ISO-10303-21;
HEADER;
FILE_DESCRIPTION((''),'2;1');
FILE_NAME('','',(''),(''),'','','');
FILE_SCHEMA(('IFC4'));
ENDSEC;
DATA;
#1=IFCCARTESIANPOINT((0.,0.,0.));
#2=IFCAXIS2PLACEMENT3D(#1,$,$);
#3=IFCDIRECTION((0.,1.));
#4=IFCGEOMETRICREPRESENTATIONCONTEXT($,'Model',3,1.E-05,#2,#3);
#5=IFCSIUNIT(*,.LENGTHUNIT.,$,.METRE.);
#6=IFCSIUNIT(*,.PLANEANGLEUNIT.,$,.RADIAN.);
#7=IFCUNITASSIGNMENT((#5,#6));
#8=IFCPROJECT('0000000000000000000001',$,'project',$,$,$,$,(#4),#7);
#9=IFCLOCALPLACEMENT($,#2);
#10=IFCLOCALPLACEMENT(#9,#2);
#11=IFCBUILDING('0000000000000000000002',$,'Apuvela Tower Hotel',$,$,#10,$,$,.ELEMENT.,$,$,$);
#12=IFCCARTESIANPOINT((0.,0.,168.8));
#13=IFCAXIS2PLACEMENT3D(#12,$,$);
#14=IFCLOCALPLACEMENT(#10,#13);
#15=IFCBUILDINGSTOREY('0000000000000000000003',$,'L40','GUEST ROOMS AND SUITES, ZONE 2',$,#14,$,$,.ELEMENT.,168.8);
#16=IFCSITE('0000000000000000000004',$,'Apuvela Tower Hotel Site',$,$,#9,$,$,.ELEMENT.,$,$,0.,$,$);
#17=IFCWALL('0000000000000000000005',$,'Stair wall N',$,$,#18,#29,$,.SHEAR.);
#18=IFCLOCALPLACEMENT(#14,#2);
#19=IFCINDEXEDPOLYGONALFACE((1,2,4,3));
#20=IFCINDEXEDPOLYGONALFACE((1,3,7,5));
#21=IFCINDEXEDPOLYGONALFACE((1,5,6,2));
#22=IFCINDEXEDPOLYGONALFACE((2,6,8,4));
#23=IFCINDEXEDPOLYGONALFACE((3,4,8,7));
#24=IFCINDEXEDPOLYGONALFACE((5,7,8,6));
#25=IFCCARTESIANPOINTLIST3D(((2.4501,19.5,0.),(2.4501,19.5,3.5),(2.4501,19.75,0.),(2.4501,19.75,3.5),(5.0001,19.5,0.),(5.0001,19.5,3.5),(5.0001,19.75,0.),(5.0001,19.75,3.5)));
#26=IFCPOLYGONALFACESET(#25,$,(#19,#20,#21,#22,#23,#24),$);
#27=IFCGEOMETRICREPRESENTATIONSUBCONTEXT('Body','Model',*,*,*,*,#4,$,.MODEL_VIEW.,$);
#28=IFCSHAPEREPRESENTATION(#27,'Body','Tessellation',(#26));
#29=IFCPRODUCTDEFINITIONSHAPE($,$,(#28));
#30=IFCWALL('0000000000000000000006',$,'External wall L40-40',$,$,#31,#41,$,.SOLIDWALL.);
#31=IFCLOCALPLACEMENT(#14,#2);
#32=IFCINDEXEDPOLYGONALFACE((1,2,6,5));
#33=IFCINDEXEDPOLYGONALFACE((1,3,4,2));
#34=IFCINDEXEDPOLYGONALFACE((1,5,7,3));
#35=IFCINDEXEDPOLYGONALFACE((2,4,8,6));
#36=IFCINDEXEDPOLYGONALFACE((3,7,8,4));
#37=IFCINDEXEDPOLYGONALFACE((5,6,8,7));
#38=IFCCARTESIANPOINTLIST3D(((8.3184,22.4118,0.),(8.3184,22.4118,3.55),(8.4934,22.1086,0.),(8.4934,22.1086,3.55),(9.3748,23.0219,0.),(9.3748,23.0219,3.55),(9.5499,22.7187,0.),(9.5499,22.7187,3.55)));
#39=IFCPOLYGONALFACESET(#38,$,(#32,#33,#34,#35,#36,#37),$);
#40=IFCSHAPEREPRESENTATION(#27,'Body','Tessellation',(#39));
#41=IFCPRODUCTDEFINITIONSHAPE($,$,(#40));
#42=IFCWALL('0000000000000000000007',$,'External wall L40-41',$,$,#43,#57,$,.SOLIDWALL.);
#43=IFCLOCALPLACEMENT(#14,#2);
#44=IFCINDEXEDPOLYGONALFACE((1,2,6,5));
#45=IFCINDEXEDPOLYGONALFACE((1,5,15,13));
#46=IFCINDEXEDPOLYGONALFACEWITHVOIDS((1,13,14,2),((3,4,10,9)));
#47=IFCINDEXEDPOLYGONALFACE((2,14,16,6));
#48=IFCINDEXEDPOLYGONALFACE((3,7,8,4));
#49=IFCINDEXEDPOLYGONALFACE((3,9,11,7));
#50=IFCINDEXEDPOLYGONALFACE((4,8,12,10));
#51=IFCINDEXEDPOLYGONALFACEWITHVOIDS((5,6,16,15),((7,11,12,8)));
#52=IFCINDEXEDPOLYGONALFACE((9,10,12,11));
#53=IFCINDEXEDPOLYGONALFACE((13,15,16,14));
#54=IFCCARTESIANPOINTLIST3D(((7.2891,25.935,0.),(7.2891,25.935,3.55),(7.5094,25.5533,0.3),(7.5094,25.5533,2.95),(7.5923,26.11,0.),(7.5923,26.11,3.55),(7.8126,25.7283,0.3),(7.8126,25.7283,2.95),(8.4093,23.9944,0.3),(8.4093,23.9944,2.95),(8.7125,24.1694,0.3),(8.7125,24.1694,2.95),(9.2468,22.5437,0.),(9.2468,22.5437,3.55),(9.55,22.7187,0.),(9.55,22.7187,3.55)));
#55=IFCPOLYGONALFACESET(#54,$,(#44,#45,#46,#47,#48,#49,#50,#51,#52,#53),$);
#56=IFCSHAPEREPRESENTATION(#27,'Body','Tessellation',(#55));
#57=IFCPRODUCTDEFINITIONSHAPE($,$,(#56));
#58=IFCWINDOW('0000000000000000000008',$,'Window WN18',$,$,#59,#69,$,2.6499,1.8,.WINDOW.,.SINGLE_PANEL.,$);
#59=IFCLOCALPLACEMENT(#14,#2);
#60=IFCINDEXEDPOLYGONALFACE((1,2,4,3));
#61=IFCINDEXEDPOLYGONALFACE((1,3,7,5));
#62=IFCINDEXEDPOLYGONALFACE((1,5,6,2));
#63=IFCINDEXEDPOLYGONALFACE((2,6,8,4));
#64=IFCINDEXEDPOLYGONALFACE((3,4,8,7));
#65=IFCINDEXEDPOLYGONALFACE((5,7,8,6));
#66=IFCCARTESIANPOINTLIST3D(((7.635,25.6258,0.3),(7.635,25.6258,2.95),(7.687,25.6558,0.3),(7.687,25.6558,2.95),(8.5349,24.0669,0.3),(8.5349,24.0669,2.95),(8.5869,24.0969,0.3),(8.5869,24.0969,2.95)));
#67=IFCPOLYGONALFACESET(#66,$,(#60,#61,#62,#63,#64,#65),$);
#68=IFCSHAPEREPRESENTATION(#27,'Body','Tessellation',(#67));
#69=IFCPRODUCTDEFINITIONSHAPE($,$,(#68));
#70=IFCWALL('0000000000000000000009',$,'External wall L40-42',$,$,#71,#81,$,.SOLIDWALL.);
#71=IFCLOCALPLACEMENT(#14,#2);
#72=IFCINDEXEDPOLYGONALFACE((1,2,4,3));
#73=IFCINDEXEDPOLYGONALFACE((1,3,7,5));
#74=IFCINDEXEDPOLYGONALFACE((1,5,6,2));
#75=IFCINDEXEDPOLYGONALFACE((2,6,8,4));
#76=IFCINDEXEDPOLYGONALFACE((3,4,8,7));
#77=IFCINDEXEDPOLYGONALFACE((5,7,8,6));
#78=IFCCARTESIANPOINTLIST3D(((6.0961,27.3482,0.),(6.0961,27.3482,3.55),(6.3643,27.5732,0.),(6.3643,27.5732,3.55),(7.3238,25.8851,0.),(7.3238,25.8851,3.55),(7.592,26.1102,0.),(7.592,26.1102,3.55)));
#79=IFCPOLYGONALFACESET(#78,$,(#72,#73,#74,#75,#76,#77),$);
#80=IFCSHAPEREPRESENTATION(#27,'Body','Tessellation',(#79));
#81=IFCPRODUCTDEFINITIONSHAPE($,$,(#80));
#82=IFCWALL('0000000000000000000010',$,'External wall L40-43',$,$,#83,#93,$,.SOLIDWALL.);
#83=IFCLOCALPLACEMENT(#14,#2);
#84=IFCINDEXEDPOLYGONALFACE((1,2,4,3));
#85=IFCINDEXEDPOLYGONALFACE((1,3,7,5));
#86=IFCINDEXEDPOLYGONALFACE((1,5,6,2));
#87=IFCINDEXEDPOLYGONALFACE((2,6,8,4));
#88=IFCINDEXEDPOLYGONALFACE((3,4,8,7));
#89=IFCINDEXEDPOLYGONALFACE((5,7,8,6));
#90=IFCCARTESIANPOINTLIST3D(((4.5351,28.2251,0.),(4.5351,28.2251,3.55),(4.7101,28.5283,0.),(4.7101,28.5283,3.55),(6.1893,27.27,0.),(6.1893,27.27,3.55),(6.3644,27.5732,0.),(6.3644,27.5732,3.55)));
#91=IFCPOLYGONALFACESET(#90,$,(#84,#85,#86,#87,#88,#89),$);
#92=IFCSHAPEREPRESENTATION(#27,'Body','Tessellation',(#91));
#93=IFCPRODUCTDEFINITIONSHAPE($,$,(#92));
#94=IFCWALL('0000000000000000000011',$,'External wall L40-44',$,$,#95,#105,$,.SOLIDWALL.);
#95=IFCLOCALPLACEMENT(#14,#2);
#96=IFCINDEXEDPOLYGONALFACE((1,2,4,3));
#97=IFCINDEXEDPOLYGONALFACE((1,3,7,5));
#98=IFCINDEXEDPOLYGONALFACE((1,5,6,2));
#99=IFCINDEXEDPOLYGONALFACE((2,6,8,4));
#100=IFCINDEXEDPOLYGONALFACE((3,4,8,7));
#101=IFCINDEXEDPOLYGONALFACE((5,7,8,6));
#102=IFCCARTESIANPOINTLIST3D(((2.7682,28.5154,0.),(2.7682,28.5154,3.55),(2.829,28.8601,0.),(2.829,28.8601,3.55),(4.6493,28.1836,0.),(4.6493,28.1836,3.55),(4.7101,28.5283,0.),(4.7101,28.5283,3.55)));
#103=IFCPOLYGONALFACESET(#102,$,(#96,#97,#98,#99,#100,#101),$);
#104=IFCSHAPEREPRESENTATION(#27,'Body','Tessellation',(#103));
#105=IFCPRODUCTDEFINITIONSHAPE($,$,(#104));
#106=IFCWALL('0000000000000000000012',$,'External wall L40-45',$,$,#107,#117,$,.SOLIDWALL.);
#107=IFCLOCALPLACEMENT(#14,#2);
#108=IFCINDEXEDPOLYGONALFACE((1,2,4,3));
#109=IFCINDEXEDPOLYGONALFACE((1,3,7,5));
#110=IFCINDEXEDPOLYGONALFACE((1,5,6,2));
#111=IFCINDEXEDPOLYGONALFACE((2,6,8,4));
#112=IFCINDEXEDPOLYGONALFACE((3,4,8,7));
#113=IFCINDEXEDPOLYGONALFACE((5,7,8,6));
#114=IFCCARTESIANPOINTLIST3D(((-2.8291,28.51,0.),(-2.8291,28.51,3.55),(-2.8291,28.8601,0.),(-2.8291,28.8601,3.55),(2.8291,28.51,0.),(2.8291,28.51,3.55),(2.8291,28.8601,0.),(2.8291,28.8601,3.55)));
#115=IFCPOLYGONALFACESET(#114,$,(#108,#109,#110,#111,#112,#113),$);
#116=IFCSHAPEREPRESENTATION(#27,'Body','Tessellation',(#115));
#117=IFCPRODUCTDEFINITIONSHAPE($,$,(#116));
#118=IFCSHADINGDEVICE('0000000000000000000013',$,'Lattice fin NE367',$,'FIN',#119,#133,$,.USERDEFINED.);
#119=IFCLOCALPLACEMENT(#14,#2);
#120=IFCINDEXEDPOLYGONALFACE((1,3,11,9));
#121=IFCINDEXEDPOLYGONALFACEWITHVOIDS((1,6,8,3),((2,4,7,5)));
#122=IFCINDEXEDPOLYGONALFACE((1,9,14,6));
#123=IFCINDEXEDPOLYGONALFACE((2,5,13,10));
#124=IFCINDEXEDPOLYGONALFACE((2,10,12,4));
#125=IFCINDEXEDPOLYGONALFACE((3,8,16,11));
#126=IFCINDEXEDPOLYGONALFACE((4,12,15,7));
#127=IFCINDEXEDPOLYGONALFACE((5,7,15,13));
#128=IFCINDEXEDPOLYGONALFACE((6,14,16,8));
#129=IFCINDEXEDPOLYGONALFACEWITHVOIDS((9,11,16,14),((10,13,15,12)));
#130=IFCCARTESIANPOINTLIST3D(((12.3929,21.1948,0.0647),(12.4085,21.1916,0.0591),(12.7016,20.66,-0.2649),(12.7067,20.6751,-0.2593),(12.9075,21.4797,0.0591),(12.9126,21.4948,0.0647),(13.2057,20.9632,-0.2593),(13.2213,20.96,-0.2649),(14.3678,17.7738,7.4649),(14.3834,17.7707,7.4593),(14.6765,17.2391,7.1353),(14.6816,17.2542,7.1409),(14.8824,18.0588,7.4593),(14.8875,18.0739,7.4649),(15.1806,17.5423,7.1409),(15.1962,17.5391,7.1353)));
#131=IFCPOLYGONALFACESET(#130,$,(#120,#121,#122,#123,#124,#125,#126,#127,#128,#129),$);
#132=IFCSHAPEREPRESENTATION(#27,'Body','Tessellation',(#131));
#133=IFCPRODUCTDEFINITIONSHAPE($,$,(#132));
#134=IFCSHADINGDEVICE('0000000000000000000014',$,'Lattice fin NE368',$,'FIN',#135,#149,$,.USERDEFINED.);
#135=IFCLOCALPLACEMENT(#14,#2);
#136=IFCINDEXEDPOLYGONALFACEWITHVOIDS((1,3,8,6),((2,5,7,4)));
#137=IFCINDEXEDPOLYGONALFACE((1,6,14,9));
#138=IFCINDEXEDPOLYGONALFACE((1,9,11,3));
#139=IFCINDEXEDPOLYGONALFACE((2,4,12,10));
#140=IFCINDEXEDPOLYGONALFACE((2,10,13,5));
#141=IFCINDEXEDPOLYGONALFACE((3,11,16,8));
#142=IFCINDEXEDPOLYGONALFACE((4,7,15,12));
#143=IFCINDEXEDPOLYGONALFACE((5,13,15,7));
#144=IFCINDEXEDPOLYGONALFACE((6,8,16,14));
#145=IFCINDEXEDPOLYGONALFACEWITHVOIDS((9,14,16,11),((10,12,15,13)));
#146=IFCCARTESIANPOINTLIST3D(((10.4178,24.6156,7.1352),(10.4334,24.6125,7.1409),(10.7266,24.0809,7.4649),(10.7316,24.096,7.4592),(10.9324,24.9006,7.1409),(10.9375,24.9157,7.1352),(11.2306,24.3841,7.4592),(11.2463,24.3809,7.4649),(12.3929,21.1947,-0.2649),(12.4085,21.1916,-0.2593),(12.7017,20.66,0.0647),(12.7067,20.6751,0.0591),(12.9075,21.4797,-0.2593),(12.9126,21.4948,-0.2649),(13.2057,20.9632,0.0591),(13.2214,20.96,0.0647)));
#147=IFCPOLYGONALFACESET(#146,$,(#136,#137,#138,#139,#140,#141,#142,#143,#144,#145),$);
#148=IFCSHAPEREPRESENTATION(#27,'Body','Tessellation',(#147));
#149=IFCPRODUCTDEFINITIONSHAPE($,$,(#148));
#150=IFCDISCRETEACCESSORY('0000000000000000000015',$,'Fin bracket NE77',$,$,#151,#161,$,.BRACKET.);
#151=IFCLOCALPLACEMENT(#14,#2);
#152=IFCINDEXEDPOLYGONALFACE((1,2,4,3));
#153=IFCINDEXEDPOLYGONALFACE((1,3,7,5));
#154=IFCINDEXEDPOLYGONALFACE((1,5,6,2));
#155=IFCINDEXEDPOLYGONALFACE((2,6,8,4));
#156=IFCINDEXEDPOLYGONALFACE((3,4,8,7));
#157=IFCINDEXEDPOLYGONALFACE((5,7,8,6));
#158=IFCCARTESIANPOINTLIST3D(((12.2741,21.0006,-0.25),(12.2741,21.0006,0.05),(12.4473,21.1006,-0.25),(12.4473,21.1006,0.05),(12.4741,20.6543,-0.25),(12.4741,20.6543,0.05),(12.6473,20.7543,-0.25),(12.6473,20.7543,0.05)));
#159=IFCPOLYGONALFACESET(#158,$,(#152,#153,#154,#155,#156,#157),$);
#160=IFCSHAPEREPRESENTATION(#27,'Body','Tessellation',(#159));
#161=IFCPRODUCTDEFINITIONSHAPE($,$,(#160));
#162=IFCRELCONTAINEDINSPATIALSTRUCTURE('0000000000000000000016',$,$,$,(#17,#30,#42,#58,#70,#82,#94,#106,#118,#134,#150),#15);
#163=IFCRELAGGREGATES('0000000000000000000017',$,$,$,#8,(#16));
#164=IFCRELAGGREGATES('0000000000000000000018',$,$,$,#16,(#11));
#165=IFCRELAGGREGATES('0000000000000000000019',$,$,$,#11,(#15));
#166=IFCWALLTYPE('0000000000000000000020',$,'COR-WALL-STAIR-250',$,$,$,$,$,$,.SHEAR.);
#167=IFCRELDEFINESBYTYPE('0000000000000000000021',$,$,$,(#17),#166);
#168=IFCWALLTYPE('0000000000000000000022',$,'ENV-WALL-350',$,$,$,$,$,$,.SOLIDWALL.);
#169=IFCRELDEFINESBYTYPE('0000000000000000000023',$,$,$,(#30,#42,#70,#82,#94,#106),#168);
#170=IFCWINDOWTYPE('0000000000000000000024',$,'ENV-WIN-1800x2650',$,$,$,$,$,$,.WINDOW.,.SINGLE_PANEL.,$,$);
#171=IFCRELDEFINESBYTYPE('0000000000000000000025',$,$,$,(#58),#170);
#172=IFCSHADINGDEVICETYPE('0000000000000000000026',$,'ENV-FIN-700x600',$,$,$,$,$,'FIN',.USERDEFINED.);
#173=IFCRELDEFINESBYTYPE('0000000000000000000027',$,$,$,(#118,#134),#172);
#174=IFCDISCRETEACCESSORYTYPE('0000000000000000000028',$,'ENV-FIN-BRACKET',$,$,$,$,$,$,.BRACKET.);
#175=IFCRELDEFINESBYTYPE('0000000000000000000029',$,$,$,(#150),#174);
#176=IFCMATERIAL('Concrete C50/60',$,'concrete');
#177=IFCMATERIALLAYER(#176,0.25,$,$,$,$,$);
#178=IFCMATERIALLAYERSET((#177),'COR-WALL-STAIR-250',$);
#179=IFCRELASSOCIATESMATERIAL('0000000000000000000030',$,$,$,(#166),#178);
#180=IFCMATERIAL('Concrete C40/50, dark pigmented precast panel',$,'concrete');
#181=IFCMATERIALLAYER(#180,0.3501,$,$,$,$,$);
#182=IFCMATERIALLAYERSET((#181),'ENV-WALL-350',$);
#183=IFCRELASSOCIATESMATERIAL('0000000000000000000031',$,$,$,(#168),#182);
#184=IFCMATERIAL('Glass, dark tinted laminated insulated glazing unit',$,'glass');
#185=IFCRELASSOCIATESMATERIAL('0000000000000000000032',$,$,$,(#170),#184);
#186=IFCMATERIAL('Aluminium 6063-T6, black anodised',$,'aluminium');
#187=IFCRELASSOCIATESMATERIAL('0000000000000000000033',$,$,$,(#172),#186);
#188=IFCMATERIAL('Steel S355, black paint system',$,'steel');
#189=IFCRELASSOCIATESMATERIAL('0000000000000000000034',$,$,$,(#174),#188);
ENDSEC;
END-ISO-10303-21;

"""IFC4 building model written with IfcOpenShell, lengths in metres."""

from ifc_helpers import new_model, si_unit, direction, frame, frame_2d, origin, origin_2d, place, context, subcontext, project, spatial, rectangle, hollow_rectangle, extrude, material, layer, layer_set, material_profile, profile_set, type_object, element, fill, save


model = new_model("IFC4")

# Units and contexts
model_context = context("Model", 3, precision=1e-05, world=origin(), true_north=direction((0.0, 1.0)))
body_context = subcontext(model_context, "Body", "Model", "MODEL_VIEW")
ifc_project = project(units=[si_unit("LENGTHUNIT", "METRE"), si_unit("PLANEANGLEUNIT", "RADIAN")], contexts=[model_context])

# Site, building, storey
site_placement = place(None, origin())
site = spatial("IfcSite", under=ifc_project, at=site_placement, Name="Apuvela Tower Hotel Site", CompositionType="ELEMENT", RefElevation=0.0)
building_placement = place(site_placement, origin())
building = spatial("IfcBuilding", under=site, at=building_placement, Name="Apuvela Tower Hotel", CompositionType="ELEMENT")
storey_placement = place(building_placement, frame((0.0, 0.0, 168.8)))
storey = spatial("IfcBuildingStorey", under=building, at=storey_placement, Name="L40", Description="GUEST ROOMS AND SUITES, ZONE 2", CompositionType="ELEMENT", Elevation=168.8)

# Walls
ifc_material_1 = material(Name="Concrete C50/60", Category="concrete")
ifc_layer_1 = layer(ifc_material_1, 0.25)
ifc_layer_set_1 = layer_set([ifc_layer_1], Name="COR-WALL-STAIR-250")
wall_type_1 = type_object("IfcWallType", Name="COR-WALL-STAIR-250", PredefinedType="SHEAR", material=ifc_layer_set_1)
wall_1_placement = place(storey_placement, frame((5.0, 19.625, 0.0), z_axis=(0.0, 0.0, 1.0), x_axis=(-1.0, 0.0, 0.0)))
element("IfcWall", 1, at=wall_1_placement, inside=storey, type_object=wall_type_1, Name="Stair wall N", PredefinedType="SHEAR", context=body_context, shape_type="SweptSolid", body=[
    extrude(rectangle(XDim=2.55, YDim=0.25, at=frame_2d((1.2749, 0.0))), origin(), (0.0, 0.0, 1.0), 3.5),
])
ifc_material_2 = material(Name="Concrete C40/50, dark pigmented precast panel", Category="concrete")
ifc_layer_2 = layer(ifc_material_2, 0.3501)
ifc_layer_set_2 = layer_set([ifc_layer_2], Name="ENV-WALL-350")
wall_type_2 = type_object("IfcWallType", Name="ENV-WALL-350", PredefinedType="SOLIDWALL", material=ifc_layer_set_2)
wall_2_placement = place(storey_placement, frame((8.406, 22.2603, 0.0), z_axis=(0.0, 0.0, 1.0), x_axis=(0.865956, 0.500121, 0.0)))
element("IfcWall", 2, at=wall_2_placement, inside=storey, type_object=wall_type_2, Name="External wall L40-40", PredefinedType="SOLIDWALL", context=body_context, shape_type="SweptSolid", body=[
    extrude(rectangle(XDim=1.22, YDim=0.3501, at=frame_2d((0.6099, 0.0))), origin(), (0.0, 0.0, 1.0), 3.55),
])

# Wall, opening, window
wall_3_placement = place(storey_placement, frame((9.3984, 22.6311, 0.0), z_axis=(0.0, 0.0, 1.0), x_axis=(-0.499955, 0.866052, 0.0)))
wall_3 = element("IfcWall", 3, at=wall_3_placement, inside=storey, type_object=wall_type_2, Name="External wall L40-41", PredefinedType="SOLIDWALL", context=body_context, shape_type="SweptSolid", body=[
    extrude(rectangle(XDim=3.9158, YDim=0.3501, at=frame_2d((1.958, 0.0))), origin(), (0.0, 0.0, 1.0), 3.55),
])
opening_placement = place(wall_3_placement, frame((1.6753, 0.0, 0.3)))
opening = element("IfcOpeningElement", 4, at=opening_placement, cuts=wall_3, PredefinedType="OPENING", context=body_context, shape_type="SweptSolid", body=[
    extrude(rectangle(XDim=1.8, YDim=2.6499, at=frame_2d((0.8999, 1.325))), frame((0.0, 0.1851, 0.0), z_axis=(0.0, -1.0, 0.0), x_axis=(1.0, 0.0, 0.0)), (0.0, 0.0, 1.0), 0.3701),
])
ifc_material_3 = material(Name="Glass, dark tinted laminated insulated glazing unit", Category="glass")
window_type = type_object("IfcWindowType", Name="ENV-WIN-1800x2650", PartitioningType="SINGLE_PANEL", PredefinedType="WINDOW", material=ifc_material_3)
window_placement = place(opening_placement, origin())
window = element("IfcWindow", 5, at=window_placement, inside=storey, type_object=window_type, Name="Window WN18", OverallHeight=2.6499, OverallWidth=1.8, PartitioningType="SINGLE_PANEL", PredefinedType="WINDOW", context=body_context, shape_type="SweptSolid", body=[
    extrude(rectangle(XDim=1.8, YDim=2.6499, at=frame_2d((0.8999, 1.325))), frame((0.0, 0.03, 0.0), z_axis=(0.0, -1.0, 0.0), x_axis=(1.0, 0.0, 0.0)), (0.0, 0.0, 1.0), 0.0601),
])
fill(opening, window)

# Walls
wall_4_placement = place(storey_placement, frame((7.458, 25.9976, 0.0), z_axis=(0.0, 0.0, 1.0), x_axis=(-0.642808, 0.766027, 0.0)))
element("IfcWall", 6, at=wall_4_placement, inside=storey, type_object=wall_type_2, Name="External wall L40-42", PredefinedType="SOLIDWALL", context=body_context, shape_type="SweptSolid", body=[
    extrude(rectangle(XDim=1.9099, YDim=0.3501, at=frame_2d((0.9551, 0.0))), origin(), (0.0, 0.0, 1.0), 3.55),
])
for number, where, z_axis, x_axis, name in (
    (7, (6.2769, 27.4216, 0.0), (0.0, 0.0, 1.0), (-0.866032, 0.499988, 0.0), "External wall L40-43"),
    (8, (4.6797, 28.356, 0.0), (0.0, 0.0, 1.0), (-0.984799, 0.173698, 0.0), "External wall L40-44"),
):
    element("IfcWall", number, at=place(storey_placement, frame(where, z_axis=z_axis, x_axis=x_axis)), inside=storey, type_object=wall_type_2, Name=name, PredefinedType="SOLIDWALL", context=body_context, shape_type="SweptSolid", body=[
        extrude(rectangle(XDim=1.9102, YDim=0.3501, at=frame_2d((0.9551, 0.0))), origin(), (0.0, 0.0, 1.0), 3.55),
    ])
wall_5_placement = place(storey_placement, frame((2.8291, 28.6851, 0.0), z_axis=(0.0, 0.0, 1.0), x_axis=(-1.0, 0.0, 0.0)))
element("IfcWall", 9, at=wall_5_placement, inside=storey, type_object=wall_type_2, Name="External wall L40-45", PredefinedType="SOLIDWALL", context=body_context, shape_type="SweptSolid", body=[
    extrude(rectangle(XDim=5.6582, YDim=0.3501, at=frame_2d((2.8291, 0.0))), origin(), (0.0, 0.0, 1.0), 3.55),
])

# Shading devices
ifc_material_4 = material(Name="Aluminium 6063-T6, black anodised", Category="aluminium")
ifc_material_profile_1 = material_profile(ifc_material_4, hollow_rectangle(XDim=0.6001, YDim=0.7, WallThickness=0.012, at=origin_2d()), Name="AL BOX 700x600x12")
ifc_profile_set_1 = profile_set([ifc_material_profile_1], Name="Aluminium 6063-T6, black anodised")
shading_device_type = type_object("IfcShadingDeviceType", Name="ENV-FIN-700x600", ElementType="FIN", PredefinedType="USERDEFINED", material=ifc_profile_set_1)
for number, where, z_axis, x_axis, name in (
    (10, (12.8071, 21.0774, -0.1001), (0.235428, -0.407814, 0.882191), (0.866048, 0.499961, 0.0), "Lattice fin NE367"),
    (11, (12.8071, 21.0774, -0.1001), (-0.235455, 0.407812, 0.882185), (-0.866021, -0.500008, 0.0), "Lattice fin NE368"),
):
    element("IfcShadingDevice", number, at=place(storey_placement, frame(where, z_axis=z_axis, x_axis=x_axis)), inside=storey, type_object=shading_device_type, Name=name, ObjectType="FIN", PredefinedType="USERDEFINED", context=body_context, shape_type="SweptSolid", body=[
        extrude(hollow_rectangle(XDim=0.6001, YDim=0.7, WallThickness=0.012, at=origin_2d()), origin(), (0.0, 0.0, 1.0), 8.3884),
    ])

# Discrete accessory
ifc_material_5 = material(Name="Steel S355, black paint system", Category="steel")
discrete_accessory_type = type_object("IfcDiscreteAccessoryType", Name="ENV-FIN-BRACKET", PredefinedType="BRACKET", material=ifc_material_5)
discrete_accessory_placement = place(storey_placement, frame((12.4607, 20.8774, -0.25), z_axis=(0.0, 0.0, 1.0), x_axis=(-0.5, 0.866025, 0.0)))
element("IfcDiscreteAccessory", 12, at=discrete_accessory_placement, inside=storey, type_object=discrete_accessory_type, Name="Fin bracket NE77", PredefinedType="BRACKET", context=body_context, shape_type="SweptSolid", body=[
    extrude(rectangle(XDim=0.3999, YDim=0.2, at=origin_2d()), origin(), (0.0, 0.0, 1.0), 0.3),
])

save(model, "model.ifc")
